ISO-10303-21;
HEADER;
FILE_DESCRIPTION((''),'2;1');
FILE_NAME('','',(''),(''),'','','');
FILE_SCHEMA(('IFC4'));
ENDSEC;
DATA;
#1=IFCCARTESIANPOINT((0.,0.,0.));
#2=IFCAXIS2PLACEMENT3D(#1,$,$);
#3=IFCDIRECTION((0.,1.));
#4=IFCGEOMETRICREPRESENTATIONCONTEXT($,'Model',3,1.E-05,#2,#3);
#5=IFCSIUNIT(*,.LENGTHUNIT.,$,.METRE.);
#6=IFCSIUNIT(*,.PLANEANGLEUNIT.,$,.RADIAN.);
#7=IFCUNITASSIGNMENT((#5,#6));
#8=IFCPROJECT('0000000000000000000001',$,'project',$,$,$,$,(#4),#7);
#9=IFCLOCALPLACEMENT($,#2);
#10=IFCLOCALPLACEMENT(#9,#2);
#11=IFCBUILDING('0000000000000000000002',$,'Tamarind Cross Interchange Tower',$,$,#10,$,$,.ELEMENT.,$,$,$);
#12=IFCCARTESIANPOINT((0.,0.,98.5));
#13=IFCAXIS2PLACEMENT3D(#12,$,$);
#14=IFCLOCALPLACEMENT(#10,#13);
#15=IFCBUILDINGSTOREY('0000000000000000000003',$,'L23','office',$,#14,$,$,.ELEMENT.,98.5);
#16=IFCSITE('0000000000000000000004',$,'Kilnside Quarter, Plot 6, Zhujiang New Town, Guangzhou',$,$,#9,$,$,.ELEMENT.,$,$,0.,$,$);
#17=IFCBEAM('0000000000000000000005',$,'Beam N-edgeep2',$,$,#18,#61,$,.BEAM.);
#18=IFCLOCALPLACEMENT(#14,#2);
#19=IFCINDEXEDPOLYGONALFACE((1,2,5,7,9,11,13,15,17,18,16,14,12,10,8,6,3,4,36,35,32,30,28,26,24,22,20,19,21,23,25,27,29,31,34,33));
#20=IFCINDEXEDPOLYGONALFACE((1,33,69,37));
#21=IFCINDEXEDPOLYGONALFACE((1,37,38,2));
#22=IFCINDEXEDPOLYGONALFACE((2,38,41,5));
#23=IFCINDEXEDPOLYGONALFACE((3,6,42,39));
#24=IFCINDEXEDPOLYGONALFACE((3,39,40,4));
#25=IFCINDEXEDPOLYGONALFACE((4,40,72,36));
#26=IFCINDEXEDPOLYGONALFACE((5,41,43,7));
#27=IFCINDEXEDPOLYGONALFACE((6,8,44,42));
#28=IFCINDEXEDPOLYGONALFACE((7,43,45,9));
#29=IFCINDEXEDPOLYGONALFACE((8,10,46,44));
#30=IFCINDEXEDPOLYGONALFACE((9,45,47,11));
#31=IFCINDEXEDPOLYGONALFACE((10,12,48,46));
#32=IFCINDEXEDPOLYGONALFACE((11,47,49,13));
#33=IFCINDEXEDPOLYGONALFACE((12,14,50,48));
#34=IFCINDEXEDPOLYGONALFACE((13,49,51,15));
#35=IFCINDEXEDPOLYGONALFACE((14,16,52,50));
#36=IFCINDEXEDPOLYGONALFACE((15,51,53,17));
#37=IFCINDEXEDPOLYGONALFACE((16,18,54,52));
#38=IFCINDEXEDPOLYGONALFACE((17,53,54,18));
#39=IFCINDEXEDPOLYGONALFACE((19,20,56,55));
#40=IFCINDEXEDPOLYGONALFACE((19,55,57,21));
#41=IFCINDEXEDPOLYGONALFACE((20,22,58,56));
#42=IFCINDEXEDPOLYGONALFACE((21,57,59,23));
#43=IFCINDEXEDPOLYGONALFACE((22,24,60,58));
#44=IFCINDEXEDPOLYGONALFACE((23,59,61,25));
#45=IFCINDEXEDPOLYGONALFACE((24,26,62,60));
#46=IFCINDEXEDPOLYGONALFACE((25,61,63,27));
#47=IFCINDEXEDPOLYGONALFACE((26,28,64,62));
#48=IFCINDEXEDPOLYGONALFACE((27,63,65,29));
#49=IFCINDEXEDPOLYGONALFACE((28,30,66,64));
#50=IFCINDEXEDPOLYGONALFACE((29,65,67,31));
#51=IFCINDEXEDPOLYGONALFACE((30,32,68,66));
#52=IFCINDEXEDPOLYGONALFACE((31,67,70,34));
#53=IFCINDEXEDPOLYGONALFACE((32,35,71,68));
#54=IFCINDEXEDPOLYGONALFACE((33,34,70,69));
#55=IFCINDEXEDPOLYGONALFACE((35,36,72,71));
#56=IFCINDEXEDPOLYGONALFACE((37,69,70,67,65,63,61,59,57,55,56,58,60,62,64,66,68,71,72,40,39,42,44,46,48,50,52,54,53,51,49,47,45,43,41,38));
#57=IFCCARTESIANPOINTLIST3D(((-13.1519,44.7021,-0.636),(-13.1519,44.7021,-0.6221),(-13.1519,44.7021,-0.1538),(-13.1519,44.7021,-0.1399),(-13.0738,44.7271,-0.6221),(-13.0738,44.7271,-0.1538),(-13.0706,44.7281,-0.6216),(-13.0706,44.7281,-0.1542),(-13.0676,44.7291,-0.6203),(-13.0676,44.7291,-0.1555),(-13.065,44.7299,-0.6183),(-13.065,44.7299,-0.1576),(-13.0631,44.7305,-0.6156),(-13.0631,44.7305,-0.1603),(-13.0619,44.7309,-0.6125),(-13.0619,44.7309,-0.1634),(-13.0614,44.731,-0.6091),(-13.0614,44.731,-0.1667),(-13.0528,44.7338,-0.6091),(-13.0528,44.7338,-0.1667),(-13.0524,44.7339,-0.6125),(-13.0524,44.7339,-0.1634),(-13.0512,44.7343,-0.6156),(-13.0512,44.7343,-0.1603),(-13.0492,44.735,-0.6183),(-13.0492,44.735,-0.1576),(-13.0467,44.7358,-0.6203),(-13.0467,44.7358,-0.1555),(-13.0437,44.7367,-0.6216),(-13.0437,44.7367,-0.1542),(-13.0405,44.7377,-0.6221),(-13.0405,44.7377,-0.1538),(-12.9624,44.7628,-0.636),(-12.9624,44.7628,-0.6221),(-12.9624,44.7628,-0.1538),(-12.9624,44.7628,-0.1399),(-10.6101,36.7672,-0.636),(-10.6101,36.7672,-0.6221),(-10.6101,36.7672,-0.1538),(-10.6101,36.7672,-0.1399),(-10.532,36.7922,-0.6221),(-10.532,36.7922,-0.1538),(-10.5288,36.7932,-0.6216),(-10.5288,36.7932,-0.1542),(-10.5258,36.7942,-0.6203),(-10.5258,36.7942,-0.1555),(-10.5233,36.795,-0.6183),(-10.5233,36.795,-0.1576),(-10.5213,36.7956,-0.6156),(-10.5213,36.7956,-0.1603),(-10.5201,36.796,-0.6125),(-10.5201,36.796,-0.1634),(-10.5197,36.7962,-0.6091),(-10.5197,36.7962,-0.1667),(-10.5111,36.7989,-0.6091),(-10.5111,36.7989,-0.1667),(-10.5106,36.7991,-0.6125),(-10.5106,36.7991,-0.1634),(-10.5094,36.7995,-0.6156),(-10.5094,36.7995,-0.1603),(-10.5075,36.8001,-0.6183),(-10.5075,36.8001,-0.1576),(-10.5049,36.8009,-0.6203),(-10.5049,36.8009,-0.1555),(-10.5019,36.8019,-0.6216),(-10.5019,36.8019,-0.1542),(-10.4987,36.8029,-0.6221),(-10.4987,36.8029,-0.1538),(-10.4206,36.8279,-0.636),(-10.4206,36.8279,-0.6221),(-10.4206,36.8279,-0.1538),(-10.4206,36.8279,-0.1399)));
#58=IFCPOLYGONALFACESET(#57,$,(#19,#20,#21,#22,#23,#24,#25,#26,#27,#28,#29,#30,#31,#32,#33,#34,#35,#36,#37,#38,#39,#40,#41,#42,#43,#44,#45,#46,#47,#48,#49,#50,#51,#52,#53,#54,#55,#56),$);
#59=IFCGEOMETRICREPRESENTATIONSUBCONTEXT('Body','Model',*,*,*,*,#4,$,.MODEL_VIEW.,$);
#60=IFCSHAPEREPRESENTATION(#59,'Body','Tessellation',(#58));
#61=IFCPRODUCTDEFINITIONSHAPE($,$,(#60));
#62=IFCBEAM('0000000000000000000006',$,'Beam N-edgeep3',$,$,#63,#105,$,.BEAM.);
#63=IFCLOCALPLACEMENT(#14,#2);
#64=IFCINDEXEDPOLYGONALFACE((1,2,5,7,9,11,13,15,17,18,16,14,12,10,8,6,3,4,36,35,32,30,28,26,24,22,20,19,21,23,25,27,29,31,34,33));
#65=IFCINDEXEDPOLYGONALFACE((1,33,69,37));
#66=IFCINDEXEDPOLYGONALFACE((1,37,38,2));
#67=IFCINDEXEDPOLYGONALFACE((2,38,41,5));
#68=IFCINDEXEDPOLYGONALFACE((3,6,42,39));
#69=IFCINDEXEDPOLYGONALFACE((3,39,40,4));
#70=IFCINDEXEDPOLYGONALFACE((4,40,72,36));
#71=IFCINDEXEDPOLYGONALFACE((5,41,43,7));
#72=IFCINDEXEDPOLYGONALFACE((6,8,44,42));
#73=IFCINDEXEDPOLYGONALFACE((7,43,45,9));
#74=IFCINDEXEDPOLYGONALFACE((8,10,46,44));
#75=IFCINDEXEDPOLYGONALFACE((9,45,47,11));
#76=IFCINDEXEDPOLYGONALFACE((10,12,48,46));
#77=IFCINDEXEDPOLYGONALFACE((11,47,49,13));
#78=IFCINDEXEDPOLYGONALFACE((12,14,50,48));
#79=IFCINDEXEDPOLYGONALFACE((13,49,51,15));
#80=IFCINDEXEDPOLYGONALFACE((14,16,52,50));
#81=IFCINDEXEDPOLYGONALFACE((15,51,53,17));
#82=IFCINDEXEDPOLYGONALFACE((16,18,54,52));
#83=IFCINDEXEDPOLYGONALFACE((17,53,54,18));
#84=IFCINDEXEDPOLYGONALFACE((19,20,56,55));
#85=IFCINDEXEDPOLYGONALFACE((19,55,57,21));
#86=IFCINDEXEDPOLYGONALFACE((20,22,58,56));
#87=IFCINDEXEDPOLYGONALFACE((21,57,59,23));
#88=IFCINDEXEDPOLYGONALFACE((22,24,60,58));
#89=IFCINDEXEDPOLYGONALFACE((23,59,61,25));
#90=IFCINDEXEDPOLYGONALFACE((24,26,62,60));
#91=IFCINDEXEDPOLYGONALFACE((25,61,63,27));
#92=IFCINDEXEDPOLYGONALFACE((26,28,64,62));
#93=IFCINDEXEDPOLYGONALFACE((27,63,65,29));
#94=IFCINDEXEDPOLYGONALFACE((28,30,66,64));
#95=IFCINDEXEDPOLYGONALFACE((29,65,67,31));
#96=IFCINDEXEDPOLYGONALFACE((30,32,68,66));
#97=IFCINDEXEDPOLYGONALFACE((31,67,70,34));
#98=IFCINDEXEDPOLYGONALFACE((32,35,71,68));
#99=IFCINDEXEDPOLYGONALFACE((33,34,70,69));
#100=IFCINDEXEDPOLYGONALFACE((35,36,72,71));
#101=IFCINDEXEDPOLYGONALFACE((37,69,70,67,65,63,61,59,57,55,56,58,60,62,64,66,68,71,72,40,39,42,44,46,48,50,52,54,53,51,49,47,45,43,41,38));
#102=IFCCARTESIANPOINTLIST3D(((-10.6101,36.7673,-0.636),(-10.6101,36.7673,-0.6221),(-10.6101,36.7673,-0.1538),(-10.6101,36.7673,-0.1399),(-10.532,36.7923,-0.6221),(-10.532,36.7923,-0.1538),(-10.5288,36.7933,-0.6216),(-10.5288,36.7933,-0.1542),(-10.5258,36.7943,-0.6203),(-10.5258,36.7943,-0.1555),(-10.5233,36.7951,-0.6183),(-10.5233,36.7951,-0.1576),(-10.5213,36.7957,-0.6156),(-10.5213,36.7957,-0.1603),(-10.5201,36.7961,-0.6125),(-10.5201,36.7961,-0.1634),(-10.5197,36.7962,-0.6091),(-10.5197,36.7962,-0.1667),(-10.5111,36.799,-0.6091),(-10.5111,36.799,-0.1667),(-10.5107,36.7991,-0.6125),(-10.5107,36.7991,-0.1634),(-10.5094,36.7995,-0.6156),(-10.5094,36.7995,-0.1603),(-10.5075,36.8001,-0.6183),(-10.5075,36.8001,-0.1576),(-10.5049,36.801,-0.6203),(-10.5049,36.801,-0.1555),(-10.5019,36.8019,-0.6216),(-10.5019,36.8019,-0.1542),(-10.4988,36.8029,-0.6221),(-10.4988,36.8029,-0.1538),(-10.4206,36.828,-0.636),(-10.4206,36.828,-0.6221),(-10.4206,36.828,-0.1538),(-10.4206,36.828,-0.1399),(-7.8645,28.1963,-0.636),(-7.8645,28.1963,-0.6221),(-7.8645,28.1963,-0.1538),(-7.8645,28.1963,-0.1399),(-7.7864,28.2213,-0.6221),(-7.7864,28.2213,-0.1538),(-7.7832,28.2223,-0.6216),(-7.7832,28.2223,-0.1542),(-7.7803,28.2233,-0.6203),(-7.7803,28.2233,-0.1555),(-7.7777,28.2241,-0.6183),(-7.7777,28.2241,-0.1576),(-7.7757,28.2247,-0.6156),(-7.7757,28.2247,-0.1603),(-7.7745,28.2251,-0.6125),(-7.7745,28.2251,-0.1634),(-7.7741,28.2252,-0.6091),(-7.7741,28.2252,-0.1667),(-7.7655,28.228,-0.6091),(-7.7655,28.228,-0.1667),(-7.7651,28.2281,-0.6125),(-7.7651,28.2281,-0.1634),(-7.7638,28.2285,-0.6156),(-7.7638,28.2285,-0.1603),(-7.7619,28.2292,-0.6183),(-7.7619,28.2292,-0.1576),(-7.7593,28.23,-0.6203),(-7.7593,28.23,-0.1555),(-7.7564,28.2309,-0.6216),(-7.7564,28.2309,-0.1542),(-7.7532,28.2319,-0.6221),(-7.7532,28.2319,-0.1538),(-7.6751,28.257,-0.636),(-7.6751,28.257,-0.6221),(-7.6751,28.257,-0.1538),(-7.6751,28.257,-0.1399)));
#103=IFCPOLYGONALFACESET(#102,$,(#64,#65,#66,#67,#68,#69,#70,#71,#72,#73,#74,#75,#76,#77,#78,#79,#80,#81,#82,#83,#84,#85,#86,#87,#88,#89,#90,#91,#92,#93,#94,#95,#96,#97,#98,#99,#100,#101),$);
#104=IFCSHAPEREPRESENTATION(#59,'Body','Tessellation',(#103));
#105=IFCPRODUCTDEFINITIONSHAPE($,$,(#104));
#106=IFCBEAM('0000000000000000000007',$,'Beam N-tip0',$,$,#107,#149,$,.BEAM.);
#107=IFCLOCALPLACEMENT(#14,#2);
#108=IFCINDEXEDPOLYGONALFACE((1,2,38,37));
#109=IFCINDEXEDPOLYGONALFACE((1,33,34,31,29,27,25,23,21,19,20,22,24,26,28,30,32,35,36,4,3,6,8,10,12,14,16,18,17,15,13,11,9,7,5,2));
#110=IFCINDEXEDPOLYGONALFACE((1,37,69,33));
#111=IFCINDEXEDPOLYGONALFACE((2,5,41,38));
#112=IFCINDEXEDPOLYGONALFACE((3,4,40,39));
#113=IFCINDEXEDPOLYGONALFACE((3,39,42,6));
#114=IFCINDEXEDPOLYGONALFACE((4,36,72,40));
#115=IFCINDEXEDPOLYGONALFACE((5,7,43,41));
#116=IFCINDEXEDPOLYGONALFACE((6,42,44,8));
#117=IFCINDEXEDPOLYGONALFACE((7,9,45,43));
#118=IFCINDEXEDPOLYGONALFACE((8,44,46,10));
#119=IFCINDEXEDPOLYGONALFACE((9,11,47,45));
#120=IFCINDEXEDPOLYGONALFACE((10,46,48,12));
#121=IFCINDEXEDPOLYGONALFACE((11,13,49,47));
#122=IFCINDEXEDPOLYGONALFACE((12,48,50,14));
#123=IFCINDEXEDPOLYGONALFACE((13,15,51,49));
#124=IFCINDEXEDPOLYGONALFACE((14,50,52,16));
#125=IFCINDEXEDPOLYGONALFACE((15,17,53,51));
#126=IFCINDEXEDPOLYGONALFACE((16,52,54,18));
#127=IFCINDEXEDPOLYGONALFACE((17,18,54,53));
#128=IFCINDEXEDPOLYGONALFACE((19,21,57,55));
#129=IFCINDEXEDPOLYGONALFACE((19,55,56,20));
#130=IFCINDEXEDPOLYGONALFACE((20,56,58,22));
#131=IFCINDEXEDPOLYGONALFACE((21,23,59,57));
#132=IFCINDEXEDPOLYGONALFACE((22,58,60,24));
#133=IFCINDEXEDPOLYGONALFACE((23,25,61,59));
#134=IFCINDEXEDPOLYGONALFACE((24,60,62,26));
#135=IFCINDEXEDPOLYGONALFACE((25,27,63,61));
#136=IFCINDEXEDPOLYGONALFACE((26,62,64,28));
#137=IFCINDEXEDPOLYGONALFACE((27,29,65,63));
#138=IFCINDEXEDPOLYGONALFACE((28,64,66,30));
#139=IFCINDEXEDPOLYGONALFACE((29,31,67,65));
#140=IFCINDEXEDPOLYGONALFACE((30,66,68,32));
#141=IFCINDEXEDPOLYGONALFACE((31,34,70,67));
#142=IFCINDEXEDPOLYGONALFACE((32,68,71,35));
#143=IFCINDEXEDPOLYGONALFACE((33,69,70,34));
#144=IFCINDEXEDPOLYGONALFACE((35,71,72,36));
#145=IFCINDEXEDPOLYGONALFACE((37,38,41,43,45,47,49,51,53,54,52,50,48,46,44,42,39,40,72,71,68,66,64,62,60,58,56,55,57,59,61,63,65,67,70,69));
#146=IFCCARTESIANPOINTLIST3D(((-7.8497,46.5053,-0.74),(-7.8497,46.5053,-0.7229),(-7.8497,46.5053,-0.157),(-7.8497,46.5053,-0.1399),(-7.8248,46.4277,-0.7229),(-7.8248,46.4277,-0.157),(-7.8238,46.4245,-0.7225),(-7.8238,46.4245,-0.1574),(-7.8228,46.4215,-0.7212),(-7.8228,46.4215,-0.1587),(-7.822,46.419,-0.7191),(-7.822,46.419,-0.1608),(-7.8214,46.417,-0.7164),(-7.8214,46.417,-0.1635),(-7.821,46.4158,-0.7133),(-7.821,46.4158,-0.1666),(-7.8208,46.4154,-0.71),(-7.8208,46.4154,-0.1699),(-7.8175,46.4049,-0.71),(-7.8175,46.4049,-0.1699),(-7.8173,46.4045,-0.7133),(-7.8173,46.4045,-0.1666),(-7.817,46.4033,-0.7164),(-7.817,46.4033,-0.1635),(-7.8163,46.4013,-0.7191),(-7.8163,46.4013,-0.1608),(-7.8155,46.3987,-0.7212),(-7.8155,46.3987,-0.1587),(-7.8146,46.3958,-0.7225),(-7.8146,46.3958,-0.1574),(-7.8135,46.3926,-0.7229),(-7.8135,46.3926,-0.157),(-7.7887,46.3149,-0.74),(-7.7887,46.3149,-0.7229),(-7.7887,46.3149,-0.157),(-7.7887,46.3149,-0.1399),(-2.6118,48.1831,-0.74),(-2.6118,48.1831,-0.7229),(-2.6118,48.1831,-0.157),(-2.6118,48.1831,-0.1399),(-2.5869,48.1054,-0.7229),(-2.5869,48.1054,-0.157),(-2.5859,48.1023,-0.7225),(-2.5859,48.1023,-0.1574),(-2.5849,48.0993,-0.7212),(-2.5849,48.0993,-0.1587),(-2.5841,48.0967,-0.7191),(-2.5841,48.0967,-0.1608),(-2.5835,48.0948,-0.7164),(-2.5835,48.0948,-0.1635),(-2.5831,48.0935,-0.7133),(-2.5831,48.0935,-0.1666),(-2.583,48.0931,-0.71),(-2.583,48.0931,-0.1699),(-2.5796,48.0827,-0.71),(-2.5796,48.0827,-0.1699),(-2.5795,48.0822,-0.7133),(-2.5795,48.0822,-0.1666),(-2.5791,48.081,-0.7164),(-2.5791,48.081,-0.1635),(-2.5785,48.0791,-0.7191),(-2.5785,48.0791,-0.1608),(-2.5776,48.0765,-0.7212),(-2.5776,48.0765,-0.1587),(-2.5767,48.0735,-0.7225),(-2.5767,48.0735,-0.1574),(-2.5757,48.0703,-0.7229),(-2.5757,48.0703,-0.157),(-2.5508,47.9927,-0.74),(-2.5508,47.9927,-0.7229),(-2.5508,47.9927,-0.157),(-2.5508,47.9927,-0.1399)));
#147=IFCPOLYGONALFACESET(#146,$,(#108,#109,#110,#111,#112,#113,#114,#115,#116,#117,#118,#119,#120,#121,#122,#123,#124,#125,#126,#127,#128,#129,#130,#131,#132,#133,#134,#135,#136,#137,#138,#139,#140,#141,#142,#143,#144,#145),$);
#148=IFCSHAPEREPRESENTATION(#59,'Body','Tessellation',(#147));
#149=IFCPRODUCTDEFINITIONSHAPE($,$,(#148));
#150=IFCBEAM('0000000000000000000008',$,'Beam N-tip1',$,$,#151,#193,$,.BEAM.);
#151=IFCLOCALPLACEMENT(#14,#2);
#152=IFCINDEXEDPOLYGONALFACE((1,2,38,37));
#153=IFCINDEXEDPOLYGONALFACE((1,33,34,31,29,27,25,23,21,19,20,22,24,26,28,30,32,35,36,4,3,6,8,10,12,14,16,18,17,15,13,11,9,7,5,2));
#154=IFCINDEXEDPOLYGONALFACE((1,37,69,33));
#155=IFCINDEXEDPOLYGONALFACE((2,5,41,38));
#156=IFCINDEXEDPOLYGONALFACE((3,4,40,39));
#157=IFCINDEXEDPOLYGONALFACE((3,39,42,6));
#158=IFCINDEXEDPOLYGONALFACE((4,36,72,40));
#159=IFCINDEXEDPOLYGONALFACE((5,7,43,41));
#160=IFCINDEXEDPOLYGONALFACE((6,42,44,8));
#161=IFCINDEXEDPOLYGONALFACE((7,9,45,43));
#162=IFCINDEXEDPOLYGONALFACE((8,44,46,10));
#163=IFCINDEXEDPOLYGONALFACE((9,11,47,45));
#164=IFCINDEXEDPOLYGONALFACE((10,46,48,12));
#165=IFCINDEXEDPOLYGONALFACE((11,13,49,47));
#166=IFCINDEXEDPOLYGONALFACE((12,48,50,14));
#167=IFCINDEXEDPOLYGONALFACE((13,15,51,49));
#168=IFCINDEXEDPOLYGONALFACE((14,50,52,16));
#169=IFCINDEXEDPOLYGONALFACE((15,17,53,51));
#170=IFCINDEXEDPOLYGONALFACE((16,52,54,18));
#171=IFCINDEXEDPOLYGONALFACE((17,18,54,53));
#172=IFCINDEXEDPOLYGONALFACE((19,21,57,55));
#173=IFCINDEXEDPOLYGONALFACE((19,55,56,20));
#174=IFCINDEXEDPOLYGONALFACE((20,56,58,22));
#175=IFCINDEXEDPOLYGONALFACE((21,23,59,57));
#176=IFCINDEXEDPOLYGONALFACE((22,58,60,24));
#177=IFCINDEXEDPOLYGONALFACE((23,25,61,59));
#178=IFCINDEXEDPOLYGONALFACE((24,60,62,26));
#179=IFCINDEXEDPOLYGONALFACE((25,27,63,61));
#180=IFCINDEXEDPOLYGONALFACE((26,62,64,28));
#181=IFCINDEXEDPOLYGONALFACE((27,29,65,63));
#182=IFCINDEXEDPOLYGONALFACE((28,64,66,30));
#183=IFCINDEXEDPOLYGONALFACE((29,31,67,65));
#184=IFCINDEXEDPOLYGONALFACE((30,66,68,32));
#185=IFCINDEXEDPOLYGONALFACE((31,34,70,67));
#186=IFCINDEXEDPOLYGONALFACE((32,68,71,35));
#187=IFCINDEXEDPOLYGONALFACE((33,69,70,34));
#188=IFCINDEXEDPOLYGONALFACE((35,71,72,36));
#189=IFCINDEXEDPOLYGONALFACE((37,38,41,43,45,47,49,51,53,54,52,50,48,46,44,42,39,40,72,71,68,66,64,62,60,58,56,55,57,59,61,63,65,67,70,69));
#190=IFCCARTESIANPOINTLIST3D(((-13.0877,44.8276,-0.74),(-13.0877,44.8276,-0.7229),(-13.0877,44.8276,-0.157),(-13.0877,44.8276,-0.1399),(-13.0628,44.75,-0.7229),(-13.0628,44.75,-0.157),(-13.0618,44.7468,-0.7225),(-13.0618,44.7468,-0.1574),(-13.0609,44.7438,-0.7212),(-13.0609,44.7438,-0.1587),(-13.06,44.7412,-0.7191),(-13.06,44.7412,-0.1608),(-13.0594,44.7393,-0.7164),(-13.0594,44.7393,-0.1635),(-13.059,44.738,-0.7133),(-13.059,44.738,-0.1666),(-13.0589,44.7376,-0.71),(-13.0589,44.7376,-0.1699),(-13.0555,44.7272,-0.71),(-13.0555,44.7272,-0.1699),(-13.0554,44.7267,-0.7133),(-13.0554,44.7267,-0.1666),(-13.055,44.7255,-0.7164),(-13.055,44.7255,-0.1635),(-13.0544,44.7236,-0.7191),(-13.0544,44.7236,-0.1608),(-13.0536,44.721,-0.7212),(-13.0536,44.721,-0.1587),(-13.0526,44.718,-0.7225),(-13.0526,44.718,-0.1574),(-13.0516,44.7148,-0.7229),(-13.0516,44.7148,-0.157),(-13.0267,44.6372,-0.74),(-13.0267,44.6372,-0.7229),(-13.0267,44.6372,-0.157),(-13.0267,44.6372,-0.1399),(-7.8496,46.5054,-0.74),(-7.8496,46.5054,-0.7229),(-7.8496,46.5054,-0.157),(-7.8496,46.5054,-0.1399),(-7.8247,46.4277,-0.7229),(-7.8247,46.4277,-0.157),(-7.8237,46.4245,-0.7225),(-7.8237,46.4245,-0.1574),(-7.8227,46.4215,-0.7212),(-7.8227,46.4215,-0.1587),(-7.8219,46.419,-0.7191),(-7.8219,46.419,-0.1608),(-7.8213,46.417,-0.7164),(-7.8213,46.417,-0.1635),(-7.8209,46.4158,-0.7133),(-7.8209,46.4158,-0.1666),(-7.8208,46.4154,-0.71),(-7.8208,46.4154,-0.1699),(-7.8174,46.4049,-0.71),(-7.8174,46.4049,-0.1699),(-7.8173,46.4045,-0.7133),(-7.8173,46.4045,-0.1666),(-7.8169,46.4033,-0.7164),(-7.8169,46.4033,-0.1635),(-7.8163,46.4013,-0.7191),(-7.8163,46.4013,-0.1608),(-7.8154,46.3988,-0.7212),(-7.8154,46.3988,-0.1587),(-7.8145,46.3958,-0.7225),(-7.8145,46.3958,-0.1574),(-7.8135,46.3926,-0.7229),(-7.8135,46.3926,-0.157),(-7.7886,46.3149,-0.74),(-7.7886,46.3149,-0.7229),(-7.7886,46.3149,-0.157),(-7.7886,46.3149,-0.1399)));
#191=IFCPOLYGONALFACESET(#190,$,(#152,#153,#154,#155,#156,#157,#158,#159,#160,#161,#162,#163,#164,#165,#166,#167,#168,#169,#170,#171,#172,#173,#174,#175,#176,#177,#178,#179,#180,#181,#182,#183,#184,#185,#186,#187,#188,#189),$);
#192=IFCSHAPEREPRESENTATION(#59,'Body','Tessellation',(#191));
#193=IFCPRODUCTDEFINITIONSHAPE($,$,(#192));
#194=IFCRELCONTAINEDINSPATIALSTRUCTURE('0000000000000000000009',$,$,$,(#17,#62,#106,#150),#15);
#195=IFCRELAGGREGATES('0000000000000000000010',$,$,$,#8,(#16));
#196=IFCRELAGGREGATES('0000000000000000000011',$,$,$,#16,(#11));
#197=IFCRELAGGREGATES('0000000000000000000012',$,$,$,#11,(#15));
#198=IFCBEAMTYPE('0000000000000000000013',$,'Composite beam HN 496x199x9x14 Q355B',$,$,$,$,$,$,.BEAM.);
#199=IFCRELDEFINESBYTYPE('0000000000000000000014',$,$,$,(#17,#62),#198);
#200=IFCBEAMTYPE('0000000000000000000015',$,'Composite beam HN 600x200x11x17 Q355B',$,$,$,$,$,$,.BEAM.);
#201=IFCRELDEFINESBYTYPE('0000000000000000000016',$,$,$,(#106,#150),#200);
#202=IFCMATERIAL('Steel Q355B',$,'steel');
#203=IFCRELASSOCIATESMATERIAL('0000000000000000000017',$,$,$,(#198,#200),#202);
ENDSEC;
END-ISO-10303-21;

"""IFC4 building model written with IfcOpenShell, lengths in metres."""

from ifc_helpers import new_model, si_unit, direction, frame, origin, origin_2d, place, context, subcontext, project, spatial, i_section, extrude, material, material_profile, profile_set, type_object, element, save


model = new_model("IFC4")

# Units and contexts
model_context = context("Model", 3, precision=1e-05, world=origin(), true_north=direction((0.0, 1.0)))
body_context = subcontext(model_context, "Body", "Model", "MODEL_VIEW")
ifc_project = project(units=[si_unit("LENGTHUNIT", "METRE"), si_unit("PLANEANGLEUNIT", "RADIAN")], contexts=[model_context])

# Site, building, storey
site_placement = place(None, origin())
site = spatial("IfcSite", under=ifc_project, at=site_placement, Name="Kilnside Quarter, Plot 6, Zhujiang New Town, Guangzhou", CompositionType="ELEMENT", RefElevation=0.0)
building_placement = place(site_placement, origin())
building = spatial("IfcBuilding", under=site, at=building_placement, Name="Tamarind Cross Interchange Tower", CompositionType="ELEMENT")
storey_placement = place(building_placement, frame((0.0, 0.0, 98.5)))
storey = spatial("IfcBuildingStorey", under=building, at=storey_placement, Name="L23", Description="office", CompositionType="ELEMENT", Elevation=98.5)

# Beams
ifc_material_1 = material(Name="Steel Q355B", Category="steel")
ifc_material_profile_1 = material_profile(ifc_material_1, i_section(OverallWidth=0.199, OverallDepth=0.4961, WebThickness=0.009, FlangeThickness=0.0139, FilletRadius=0.0129, at=origin_2d()), Name="HN 496x199x9x14")
ifc_profile_set_1 = profile_set([ifc_material_profile_1], Name="Steel Q355B")
beam_type_1 = type_object("IfcBeamType", Name="Composite beam HN 496x199x9x14 Q355B", PredefinedType="BEAM", material=ifc_profile_set_1)
beam_1_placement = place(storey_placement, frame((-13.0571, 44.7324, -0.3879), z_axis=(0.30506, -0.952333, 0.0), x_axis=(0.952333, 0.30506, 0.0)))
element("IfcBeam", 1, at=beam_1_placement, inside=storey, type_object=beam_type_1, Name="Beam N-edgeep2", PredefinedType="BEAM", context=body_context, shape_type="SweptSolid", body=[
    extrude(i_section(OverallWidth=0.199, OverallDepth=0.4961, WebThickness=0.009, FlangeThickness=0.0139, FilletRadius=0.0129, at=origin_2d()), origin(), (0.0, 0.0, 1.0), 8.332),
])
beam_2_placement = place(storey_placement, frame((-10.5154, 36.7976, -0.3879), z_axis=(0.305065, -0.952332, 0.0), x_axis=(0.952332, 0.305065, 0.0)))
element("IfcBeam", 2, at=beam_2_placement, inside=storey, type_object=beam_type_1, Name="Beam N-edgeep3", PredefinedType="BEAM", context=body_context, shape_type="SweptSolid", body=[
    extrude(i_section(OverallWidth=0.199, OverallDepth=0.4961, WebThickness=0.009, FlangeThickness=0.0139, FilletRadius=0.0129, at=origin_2d()), origin(), (0.0, 0.0, 1.0), 9.0),
])
ifc_material_profile_2 = material_profile(ifc_material_1, i_section(OverallWidth=0.2, OverallDepth=0.6001, WebThickness=0.011, FlangeThickness=0.0171, FilletRadius=0.0129, at=origin_2d()), Name="HN 600x200x11x17")
ifc_profile_set_2 = profile_set([ifc_material_profile_2], Name="Steel Q355B")
beam_type_2 = type_object("IfcBeamType", Name="Composite beam HN 600x200x11x17 Q355B", PredefinedType="BEAM", material=ifc_profile_set_2)
beam_3_placement = place(storey_placement, frame((-2.5813, 48.0879, -0.4399), z_axis=(-0.952338, -0.305046, 0.0), x_axis=(0.305046, -0.952338, 0.0)))
element("IfcBeam", 3, at=beam_3_placement, inside=storey, type_object=beam_type_2, Name="Beam N-tip0", PredefinedType="BEAM", context=body_context, shape_type="SweptSolid", body=[
    extrude(i_section(OverallWidth=0.2, OverallDepth=0.6001, WebThickness=0.011, FlangeThickness=0.0171, FilletRadius=0.0129, at=origin_2d()), origin(), (0.0, 0.0, 1.0), 5.5),
])
beam_4_placement = place(storey_placement, frame((-7.8191, 46.4102, -0.4399), z_axis=(-0.952342, -0.305033, 0.0), x_axis=(0.305033, -0.952342, 0.0)))
element("IfcBeam", 4, at=beam_4_placement, inside=storey, type_object=beam_type_2, Name="Beam N-tip1", PredefinedType="BEAM", context=body_context, shape_type="SweptSolid", body=[
    extrude(i_section(OverallWidth=0.2, OverallDepth=0.6001, WebThickness=0.011, FlangeThickness=0.0171, FilletRadius=0.0129, at=origin_2d()), origin(), (0.0, 0.0, 1.0), 5.5002),
])

save(model, "model.ifc")
